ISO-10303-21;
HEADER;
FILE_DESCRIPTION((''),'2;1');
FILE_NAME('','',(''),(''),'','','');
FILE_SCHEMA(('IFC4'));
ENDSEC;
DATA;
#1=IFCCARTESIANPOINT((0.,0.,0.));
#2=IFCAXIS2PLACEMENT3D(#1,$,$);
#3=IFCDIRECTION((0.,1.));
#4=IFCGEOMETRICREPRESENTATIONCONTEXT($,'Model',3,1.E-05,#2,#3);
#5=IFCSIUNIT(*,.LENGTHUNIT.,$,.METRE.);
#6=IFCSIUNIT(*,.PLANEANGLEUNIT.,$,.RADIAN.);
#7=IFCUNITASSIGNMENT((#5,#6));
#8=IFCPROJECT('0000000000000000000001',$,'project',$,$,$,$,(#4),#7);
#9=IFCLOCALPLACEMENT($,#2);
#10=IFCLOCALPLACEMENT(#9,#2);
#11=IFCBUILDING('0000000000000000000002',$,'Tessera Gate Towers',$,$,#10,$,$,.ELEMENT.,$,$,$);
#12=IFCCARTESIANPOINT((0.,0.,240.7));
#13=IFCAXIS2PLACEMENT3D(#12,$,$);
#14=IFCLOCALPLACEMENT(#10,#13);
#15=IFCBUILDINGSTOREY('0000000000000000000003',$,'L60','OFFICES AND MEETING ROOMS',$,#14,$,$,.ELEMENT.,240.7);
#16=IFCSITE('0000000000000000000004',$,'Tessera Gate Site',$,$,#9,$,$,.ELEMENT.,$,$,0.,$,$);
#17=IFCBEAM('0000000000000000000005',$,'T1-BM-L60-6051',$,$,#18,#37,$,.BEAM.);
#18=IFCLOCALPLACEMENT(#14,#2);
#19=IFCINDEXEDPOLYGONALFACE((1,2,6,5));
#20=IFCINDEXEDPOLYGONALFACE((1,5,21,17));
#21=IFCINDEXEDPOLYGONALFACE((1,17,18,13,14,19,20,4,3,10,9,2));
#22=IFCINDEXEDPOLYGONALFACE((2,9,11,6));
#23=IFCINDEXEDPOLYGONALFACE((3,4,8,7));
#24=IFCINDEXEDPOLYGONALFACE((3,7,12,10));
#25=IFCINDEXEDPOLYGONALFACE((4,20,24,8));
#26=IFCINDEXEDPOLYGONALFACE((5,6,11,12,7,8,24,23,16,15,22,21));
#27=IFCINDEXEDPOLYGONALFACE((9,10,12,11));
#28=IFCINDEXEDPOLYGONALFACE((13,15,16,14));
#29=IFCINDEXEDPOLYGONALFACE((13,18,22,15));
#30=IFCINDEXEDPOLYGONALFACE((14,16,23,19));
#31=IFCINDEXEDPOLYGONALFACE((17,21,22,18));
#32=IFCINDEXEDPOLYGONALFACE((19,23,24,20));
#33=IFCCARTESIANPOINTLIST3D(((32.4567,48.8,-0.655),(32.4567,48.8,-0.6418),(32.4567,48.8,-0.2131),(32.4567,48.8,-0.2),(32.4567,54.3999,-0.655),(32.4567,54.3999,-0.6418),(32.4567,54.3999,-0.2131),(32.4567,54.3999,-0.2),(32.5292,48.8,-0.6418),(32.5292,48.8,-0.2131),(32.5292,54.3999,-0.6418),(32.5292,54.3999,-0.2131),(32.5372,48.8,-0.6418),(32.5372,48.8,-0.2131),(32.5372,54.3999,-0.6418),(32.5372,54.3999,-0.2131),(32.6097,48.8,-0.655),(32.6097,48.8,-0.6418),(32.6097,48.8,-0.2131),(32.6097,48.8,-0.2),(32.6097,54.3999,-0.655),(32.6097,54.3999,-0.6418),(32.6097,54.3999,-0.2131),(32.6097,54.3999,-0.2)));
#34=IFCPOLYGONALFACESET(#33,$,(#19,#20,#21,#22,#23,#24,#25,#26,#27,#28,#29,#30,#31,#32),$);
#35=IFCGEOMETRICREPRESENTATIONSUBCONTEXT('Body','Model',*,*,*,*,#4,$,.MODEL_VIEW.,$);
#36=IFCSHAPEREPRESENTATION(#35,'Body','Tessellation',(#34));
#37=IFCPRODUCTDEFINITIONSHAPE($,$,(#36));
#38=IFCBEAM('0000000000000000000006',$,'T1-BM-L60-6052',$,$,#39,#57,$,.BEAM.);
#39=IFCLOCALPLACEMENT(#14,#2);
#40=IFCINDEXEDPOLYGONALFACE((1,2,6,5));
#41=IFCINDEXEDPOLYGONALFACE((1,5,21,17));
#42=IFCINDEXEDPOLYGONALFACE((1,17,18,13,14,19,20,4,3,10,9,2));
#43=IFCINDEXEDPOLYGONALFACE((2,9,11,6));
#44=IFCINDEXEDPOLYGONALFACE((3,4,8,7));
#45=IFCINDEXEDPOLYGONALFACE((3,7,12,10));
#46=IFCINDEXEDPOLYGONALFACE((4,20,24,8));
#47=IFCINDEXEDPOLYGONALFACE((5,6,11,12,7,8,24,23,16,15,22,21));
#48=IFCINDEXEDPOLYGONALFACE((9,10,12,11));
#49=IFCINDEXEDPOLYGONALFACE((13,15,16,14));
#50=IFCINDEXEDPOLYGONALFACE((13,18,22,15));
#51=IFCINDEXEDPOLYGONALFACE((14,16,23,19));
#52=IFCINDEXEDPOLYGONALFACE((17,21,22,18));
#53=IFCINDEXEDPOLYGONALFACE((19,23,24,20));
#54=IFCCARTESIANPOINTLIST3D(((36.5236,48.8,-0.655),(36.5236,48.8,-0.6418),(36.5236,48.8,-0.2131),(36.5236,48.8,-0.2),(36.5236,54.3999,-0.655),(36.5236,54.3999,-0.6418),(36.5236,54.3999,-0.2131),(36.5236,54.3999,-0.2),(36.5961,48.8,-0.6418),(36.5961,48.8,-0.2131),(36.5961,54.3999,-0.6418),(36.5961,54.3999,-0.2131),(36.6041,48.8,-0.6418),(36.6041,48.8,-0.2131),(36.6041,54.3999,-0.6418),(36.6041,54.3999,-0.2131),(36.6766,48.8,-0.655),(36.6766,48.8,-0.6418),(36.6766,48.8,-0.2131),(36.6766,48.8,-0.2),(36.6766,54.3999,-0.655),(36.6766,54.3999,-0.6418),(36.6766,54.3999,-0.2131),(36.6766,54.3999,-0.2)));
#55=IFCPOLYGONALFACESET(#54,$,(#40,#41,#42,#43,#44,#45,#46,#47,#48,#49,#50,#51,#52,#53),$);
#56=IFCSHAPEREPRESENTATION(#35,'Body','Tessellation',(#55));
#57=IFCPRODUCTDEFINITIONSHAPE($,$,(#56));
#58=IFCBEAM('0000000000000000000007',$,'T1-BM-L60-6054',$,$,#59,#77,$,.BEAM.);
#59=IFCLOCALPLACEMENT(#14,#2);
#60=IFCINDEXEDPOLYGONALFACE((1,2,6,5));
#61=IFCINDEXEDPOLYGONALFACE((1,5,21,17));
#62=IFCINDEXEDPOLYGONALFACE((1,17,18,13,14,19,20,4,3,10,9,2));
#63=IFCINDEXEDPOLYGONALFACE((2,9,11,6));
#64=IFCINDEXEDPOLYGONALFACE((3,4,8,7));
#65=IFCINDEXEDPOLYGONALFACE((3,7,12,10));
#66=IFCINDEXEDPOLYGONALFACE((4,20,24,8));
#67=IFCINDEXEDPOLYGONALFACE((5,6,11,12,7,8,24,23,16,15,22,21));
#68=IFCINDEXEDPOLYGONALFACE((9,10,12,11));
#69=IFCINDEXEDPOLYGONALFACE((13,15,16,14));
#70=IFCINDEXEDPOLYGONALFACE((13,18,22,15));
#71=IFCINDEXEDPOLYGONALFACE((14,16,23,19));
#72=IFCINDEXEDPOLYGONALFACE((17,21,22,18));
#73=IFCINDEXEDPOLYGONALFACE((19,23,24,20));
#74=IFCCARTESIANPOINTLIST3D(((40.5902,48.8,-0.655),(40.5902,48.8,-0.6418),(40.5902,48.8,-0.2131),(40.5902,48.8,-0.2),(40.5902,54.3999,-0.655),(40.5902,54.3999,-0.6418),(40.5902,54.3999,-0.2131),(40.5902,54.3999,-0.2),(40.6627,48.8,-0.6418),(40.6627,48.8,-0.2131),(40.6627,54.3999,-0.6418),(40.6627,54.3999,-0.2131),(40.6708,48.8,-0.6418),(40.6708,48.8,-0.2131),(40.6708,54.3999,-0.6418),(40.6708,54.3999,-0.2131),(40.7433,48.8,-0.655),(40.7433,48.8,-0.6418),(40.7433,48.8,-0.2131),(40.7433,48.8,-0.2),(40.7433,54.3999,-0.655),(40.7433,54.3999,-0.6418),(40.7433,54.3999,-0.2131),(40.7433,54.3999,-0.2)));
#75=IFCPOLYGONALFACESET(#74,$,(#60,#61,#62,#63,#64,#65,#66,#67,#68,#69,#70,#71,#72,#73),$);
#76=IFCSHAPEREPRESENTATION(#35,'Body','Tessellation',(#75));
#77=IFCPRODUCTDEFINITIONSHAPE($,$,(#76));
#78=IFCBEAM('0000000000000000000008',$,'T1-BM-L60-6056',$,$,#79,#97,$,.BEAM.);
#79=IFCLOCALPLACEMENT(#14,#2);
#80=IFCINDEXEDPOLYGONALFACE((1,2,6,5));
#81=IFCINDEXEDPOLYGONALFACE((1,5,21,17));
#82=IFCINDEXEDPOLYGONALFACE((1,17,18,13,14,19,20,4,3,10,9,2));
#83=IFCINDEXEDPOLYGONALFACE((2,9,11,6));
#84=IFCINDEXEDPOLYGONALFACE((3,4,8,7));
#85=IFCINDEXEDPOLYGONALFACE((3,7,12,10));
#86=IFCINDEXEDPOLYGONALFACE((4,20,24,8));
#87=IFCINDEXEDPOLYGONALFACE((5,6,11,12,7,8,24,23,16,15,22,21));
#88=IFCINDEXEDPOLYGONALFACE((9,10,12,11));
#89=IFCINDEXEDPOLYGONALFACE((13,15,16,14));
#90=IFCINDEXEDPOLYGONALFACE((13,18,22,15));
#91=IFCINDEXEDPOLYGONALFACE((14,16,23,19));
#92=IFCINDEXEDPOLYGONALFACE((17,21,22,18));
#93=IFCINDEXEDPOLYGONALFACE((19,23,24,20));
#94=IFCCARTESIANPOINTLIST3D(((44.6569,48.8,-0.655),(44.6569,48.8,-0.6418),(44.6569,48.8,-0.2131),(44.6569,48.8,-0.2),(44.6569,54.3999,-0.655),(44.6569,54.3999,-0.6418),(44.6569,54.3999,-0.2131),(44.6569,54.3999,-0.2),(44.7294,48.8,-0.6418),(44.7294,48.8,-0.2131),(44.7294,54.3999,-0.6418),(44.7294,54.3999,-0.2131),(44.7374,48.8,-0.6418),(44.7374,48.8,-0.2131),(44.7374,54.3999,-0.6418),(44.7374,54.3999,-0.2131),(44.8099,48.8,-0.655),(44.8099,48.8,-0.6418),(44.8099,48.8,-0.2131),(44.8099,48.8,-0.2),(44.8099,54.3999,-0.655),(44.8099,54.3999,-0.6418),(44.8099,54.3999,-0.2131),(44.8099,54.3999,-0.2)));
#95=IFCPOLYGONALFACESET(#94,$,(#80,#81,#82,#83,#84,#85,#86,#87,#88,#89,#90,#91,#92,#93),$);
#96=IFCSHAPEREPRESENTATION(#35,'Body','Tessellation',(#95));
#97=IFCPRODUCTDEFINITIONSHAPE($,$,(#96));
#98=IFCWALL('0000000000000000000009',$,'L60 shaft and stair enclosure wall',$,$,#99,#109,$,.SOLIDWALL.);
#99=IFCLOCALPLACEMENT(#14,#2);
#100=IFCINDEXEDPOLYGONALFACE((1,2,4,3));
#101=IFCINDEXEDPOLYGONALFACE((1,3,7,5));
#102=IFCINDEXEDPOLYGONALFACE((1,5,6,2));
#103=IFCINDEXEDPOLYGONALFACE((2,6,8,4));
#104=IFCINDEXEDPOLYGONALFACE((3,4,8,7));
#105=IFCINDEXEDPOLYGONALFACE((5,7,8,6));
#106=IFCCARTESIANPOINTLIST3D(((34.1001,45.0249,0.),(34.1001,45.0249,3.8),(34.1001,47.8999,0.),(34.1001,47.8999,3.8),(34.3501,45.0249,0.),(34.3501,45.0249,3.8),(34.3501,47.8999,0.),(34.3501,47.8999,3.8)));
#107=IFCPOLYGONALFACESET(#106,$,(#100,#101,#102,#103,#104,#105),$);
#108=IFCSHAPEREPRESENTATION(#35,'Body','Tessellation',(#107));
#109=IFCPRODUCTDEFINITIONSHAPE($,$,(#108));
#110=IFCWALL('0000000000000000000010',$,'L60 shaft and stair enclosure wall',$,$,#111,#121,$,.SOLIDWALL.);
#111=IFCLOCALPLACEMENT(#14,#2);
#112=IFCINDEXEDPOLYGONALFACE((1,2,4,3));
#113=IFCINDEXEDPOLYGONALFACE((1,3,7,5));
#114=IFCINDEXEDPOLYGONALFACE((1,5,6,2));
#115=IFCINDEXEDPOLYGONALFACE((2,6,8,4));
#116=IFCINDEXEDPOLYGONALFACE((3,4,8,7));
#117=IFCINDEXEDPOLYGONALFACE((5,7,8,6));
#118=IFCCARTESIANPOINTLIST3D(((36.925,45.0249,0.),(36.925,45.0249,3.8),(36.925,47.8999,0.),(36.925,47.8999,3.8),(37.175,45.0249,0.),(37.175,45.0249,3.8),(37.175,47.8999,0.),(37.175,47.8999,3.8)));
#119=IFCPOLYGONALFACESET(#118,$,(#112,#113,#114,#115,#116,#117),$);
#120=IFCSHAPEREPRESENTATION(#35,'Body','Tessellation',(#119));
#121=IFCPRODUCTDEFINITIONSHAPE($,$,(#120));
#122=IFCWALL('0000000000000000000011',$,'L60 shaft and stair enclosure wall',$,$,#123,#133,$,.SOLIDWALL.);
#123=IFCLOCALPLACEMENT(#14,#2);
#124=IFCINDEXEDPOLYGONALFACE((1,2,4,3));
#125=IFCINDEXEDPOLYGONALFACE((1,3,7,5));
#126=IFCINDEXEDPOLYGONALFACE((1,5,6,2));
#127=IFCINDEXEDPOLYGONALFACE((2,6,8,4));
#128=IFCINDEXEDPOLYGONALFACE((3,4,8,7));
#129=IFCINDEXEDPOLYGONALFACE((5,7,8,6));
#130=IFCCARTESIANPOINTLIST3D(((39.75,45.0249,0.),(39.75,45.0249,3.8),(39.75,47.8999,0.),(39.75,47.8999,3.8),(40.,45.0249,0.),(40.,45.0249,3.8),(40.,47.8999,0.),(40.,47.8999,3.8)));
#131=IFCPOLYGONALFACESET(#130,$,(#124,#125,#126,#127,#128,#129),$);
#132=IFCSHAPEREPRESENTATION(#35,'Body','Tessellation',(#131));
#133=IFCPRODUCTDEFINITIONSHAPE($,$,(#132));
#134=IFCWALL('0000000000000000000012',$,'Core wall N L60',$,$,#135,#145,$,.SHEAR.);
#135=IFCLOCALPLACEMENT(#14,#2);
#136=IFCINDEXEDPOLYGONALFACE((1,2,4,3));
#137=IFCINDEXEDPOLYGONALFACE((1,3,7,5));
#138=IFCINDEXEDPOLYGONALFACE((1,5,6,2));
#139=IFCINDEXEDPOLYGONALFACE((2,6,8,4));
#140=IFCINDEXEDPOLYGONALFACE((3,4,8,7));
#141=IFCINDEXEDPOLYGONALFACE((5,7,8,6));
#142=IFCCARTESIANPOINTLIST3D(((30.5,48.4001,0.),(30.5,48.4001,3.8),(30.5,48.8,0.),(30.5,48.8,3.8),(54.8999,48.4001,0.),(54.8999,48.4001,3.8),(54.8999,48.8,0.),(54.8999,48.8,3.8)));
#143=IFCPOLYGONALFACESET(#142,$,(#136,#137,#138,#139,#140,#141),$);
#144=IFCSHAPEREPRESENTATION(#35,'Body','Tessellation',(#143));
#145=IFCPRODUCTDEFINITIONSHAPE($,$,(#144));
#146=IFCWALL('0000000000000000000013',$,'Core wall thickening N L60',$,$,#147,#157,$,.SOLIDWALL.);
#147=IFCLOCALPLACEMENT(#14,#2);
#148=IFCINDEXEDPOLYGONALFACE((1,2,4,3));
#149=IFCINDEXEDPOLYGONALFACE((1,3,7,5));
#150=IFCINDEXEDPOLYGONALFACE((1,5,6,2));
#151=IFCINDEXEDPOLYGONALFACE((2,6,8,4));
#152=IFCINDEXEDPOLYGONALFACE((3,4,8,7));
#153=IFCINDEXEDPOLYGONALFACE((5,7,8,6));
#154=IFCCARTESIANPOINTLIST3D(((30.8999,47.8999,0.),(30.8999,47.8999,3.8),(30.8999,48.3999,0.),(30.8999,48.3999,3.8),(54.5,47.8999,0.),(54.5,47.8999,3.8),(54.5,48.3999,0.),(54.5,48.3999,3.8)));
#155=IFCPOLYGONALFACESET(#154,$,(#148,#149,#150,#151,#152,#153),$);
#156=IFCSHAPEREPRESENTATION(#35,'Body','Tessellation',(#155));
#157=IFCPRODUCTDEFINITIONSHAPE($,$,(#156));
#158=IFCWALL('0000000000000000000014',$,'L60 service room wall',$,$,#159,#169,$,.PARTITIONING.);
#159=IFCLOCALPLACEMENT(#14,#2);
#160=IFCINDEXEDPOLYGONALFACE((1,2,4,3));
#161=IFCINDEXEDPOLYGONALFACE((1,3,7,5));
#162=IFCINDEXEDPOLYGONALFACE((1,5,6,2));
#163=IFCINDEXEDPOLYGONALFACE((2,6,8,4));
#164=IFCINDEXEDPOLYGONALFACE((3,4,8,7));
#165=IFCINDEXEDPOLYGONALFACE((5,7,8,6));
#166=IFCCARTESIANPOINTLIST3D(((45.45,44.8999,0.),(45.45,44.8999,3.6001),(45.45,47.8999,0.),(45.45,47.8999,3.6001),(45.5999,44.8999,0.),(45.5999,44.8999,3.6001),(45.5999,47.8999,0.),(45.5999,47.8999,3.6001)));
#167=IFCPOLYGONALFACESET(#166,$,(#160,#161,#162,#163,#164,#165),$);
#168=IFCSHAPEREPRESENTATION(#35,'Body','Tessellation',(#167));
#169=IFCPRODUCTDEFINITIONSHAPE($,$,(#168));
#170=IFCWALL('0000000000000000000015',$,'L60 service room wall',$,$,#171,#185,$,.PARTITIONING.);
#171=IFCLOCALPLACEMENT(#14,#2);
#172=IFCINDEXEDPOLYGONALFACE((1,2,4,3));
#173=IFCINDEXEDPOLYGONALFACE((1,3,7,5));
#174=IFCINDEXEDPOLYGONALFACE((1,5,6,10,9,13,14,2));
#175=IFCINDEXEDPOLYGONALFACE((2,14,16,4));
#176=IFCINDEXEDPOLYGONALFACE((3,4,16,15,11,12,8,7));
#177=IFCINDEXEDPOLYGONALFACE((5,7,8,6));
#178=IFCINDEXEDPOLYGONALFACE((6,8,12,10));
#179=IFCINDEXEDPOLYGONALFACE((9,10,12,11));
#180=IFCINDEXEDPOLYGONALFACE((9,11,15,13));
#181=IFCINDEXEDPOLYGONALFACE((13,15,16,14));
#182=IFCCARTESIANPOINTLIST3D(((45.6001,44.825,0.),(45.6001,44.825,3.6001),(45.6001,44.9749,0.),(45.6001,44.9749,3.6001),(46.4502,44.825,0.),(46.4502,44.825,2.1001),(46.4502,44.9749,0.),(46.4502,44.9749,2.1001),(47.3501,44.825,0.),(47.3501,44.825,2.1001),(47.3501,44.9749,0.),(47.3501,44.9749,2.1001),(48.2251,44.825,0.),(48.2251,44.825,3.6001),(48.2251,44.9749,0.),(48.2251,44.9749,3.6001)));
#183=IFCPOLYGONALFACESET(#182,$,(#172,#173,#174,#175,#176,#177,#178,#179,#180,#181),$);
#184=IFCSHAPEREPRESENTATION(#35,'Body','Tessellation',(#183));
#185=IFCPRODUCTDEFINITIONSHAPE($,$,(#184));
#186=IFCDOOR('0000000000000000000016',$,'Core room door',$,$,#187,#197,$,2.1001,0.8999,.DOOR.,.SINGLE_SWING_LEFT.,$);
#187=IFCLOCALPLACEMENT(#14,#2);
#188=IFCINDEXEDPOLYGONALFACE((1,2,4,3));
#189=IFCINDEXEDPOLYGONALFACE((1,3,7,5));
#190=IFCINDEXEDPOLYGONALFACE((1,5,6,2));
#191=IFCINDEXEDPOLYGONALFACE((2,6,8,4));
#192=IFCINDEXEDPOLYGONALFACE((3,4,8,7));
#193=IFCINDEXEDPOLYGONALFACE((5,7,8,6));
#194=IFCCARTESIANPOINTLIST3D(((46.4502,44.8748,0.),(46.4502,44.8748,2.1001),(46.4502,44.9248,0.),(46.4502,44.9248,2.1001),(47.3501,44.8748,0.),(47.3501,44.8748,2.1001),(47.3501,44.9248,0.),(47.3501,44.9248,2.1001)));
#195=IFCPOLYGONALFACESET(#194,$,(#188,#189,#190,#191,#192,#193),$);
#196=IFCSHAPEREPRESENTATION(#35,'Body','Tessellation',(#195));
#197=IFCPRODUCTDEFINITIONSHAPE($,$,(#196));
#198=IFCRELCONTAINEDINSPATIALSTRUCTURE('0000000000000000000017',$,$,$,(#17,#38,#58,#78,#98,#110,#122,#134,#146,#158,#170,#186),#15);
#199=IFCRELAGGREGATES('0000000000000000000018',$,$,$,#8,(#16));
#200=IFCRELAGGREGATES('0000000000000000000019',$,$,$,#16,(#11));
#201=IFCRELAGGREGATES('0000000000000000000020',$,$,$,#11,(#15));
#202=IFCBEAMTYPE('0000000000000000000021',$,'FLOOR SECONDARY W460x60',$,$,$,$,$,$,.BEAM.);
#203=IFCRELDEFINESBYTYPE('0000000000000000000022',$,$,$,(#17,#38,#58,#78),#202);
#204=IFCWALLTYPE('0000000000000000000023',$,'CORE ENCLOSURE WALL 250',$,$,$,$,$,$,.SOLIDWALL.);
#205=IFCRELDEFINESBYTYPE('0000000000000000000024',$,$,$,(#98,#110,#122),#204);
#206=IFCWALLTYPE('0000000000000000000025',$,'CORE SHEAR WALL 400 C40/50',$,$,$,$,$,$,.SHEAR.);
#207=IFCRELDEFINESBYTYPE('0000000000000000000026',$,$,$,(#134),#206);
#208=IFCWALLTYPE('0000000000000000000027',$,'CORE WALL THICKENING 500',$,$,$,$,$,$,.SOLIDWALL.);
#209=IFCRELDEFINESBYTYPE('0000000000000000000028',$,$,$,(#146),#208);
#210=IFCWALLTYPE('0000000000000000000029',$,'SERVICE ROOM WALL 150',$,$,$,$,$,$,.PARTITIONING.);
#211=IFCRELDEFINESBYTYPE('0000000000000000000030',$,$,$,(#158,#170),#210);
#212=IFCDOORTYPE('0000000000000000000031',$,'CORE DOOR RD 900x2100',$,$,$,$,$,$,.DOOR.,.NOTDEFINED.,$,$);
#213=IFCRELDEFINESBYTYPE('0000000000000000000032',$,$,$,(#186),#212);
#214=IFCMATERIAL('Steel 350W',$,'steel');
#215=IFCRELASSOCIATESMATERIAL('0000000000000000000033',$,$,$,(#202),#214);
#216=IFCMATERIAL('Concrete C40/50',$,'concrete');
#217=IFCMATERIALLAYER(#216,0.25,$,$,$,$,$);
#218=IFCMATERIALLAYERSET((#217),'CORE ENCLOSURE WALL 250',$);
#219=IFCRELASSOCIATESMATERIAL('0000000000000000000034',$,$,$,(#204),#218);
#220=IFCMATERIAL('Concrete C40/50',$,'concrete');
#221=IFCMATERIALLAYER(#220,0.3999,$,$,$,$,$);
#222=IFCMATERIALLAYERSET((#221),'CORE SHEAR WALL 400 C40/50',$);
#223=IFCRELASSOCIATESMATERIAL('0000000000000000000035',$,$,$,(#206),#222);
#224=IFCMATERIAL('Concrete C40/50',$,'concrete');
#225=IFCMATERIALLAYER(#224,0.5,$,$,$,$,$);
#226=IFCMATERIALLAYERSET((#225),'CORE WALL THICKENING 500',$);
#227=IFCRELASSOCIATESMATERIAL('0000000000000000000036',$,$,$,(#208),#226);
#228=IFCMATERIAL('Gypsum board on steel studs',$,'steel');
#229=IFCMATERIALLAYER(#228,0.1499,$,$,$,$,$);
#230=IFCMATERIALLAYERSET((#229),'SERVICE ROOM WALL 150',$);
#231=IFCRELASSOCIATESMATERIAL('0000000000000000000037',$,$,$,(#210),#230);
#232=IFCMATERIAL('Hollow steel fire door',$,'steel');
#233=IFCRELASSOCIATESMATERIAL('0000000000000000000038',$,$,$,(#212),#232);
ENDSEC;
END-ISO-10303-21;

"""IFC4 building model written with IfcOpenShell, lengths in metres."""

from ifc_helpers import new_model, si_unit, direction, frame, frame_2d, origin, origin_2d, place, context, subcontext, project, spatial, rectangle, i_section, extrude, source, transform, mapped, material, layer, layer_set, material_profile, profile_set, type_object, element, fill, save


model = new_model("IFC4")

# Units and contexts
model_context = context("Model", 3, precision=1e-05, world=origin(), true_north=direction((0.0, 1.0)))
body_context = subcontext(model_context, "Body", "Model", "MODEL_VIEW")
ifc_project = project(units=[si_unit("LENGTHUNIT", "METRE"), si_unit("PLANEANGLEUNIT", "RADIAN")], contexts=[model_context])

# Site, building, storey
site_placement = place(None, origin())
site = spatial("IfcSite", under=ifc_project, at=site_placement, Name="Tessera Gate Site", CompositionType="ELEMENT", RefElevation=0.0)
building_placement = place(site_placement, origin())
building = spatial("IfcBuilding", under=site, at=building_placement, Name="Tessera Gate Towers", CompositionType="ELEMENT")
storey_placement = place(building_placement, frame((0.0, 0.0, 240.7)))
storey = spatial("IfcBuildingStorey", under=building, at=storey_placement, Name="L60", Description="OFFICES AND MEETING ROOMS", CompositionType="ELEMENT", Elevation=240.7)

# Beams
ifc_material_1 = material(Name="Steel 350W", Category="steel")
ifc_material_profile = material_profile(ifc_material_1, i_section(OverallWidth=0.1531, OverallDepth=0.4551, WebThickness=0.0081, FlangeThickness=0.0132, at=origin_2d()), Name="W460x60")
ifc_profile_set = profile_set([ifc_material_profile], Name="Steel 350W")
beam_type = type_object("IfcBeamType", Name="FLOOR SECONDARY W460x60", PredefinedType="BEAM", material=ifc_profile_set)
for number, where, z_axis, x_axis, name in (
    (1, (32.5332, 48.8, -0.4275), (0.0, 1.0, 0.0), (-1.0, 0.0, 0.0), "T1-BM-L60-6051"),
    (2, (36.6001, 48.8, -0.4275), (0.0, 1.0, 0.0), (-1.0, 0.0, 0.0), "T1-BM-L60-6052"),
    (3, (40.6667, 48.8, -0.4275), (0.0, 1.0, 0.0), (-1.0, 0.0, 0.0), "T1-BM-L60-6054"),
    (4, (44.7334, 48.8, -0.4275), (0.0, 1.0, 0.0), (-1.0, 0.0, 0.0), "T1-BM-L60-6056"),
):
    element("IfcBeam", number, at=place(storey_placement, frame(where, z_axis=z_axis, x_axis=x_axis)), inside=storey, type_object=beam_type, Name=name, PredefinedType="BEAM", context=body_context, shape_type="SweptSolid", body=[
        extrude(i_section(OverallWidth=0.1531, OverallDepth=0.4551, WebThickness=0.0081, FlangeThickness=0.0132, at=origin_2d()), origin(), (0.0, 0.0, 1.0), 5.5999),
    ])

# Walls
ifc_material_2 = material(Name="Concrete C40/50", Category="concrete")
ifc_layer_1 = layer(ifc_material_2, 0.25)
ifc_layer_set_1 = layer_set([ifc_layer_1], Name="CORE ENCLOSURE WALL 250")
wall_type_1 = type_object("IfcWallType", Name="CORE ENCLOSURE WALL 250", PredefinedType="SOLIDWALL", material=ifc_layer_set_1)
for number, where, z_axis, x_axis, name in (
    (5, (34.2251, 45.0249, 0.0), (0.0, 0.0, 1.0), (0.0, 1.0, 0.0), "L60 shaft and stair enclosure wall"),
    (6, (37.05, 45.0249, 0.0), (0.0, 0.0, 1.0), (0.0, 1.0, 0.0), "L60 shaft and stair enclosure wall"),
    (7, (39.875, 45.0249, 0.0), (0.0, 0.0, 1.0), (0.0, 1.0, 0.0), "L60 shaft and stair enclosure wall"),
):
    element("IfcWall", number, at=place(storey_placement, frame(where, z_axis=z_axis, x_axis=x_axis)), inside=storey, type_object=wall_type_1, Name=name, PredefinedType="SOLIDWALL", context=body_context, shape_type="SweptSolid", body=[
        extrude(rectangle(XDim=2.875, YDim=0.25, at=frame_2d((1.4375, 0.0))), origin(), (0.0, 0.0, 1.0), 3.8),
    ])
ifc_material_3 = material(Name="Concrete C40/50", Category="concrete")
ifc_layer_2 = layer(ifc_material_3, 0.3999)
ifc_layer_set_2 = layer_set([ifc_layer_2], Name="CORE SHEAR WALL 400 C40/50")
wall_type_2 = type_object("IfcWallType", Name="CORE SHEAR WALL 400 C40/50", PredefinedType="SHEAR", material=ifc_layer_set_2)
wall_1_placement = place(storey_placement, frame((30.5, 48.6001, 0.0), z_axis=(0.0, 0.0, 1.0), x_axis=(1.0, 0.0, 0.0)))
element("IfcWall", 8, at=wall_1_placement, inside=storey, type_object=wall_type_2, Name="Core wall N L60", PredefinedType="SHEAR", context=body_context, shape_type="SweptSolid", body=[
    extrude(rectangle(XDim=24.3999, YDim=0.3999, at=frame_2d((12.2, 0.0))), origin(), (0.0, 0.0, 1.0), 3.8),
])
ifc_material_4 = material(Name="Concrete C40/50", Category="concrete")
ifc_layer_3 = layer(ifc_material_4, 0.5)
ifc_layer_set_3 = layer_set([ifc_layer_3], Name="CORE WALL THICKENING 500")
wall_type_3 = type_object("IfcWallType", Name="CORE WALL THICKENING 500", PredefinedType="SOLIDWALL", material=ifc_layer_set_3)
wall_2_placement = place(storey_placement, frame((30.8999, 48.1499, 0.0), z_axis=(0.0, 0.0, 1.0), x_axis=(1.0, 0.0, 0.0)))
element("IfcWall", 9, at=wall_2_placement, inside=storey, type_object=wall_type_3, Name="Core wall thickening N L60", PredefinedType="SOLIDWALL", context=body_context, shape_type="SweptSolid", body=[
    extrude(rectangle(XDim=23.6001, YDim=0.5, at=frame_2d((11.8, 0.0))), origin(), (0.0, 0.0, 1.0), 3.8),
])
ifc_material_5 = material(Name="Gypsum board on steel studs", Category="steel")
ifc_layer_4 = layer(ifc_material_5, 0.1499)
ifc_layer_set_4 = layer_set([ifc_layer_4], Name="SERVICE ROOM WALL 150")
wall_type_4 = type_object("IfcWallType", Name="SERVICE ROOM WALL 150", PredefinedType="PARTITIONING", material=ifc_layer_set_4)
wall_3_placement = place(storey_placement, frame((45.5249, 44.8999, 0.0), z_axis=(0.0, 0.0, 1.0), x_axis=(0.0, 1.0, 0.0)))
element("IfcWall", 10, at=wall_3_placement, inside=storey, type_object=wall_type_4, Name="L60 service room wall", PredefinedType="PARTITIONING", context=body_context, shape_type="SweptSolid", body=[
    extrude(rectangle(XDim=3.0, YDim=0.1499, at=frame_2d((1.5, 0.0))), origin(), (0.0, 0.0, 1.0), 3.6001),
])

# Wall, opening, door
wall_4_placement = place(storey_placement, frame((45.6001, 44.8999, 0.0), z_axis=(0.0, 0.0, 1.0), x_axis=(1.0, 0.0, 0.0)))
wall_4 = element("IfcWall", 11, at=wall_4_placement, inside=storey, type_object=wall_type_4, Name="L60 service room wall", PredefinedType="PARTITIONING", context=body_context, shape_type="SweptSolid", body=[
    extrude(rectangle(XDim=2.625, YDim=0.1499, at=frame_2d((1.3125, 0.0))), origin(), (0.0, 0.0, 1.0), 3.6001),
])
shared_shape_1 = source(origin(), body_context, "Body", "SweptSolid", [
    extrude(rectangle(XDim=0.8999, YDim=2.1001, at=frame_2d((0.45, 1.05))), frame((0.0, 0.085, 0.0), z_axis=(0.0, -1.0, 0.0), x_axis=(1.0, 0.0, 0.0)), (0.0, 0.0, 1.0), 0.1699),
])
opening_1_placement = place(wall_4_placement, frame((0.8501, 0.0, 0.0)))
opening_1 = element("IfcOpeningElement", 12, at=opening_1_placement, cuts=wall_4, PredefinedType="OPENING", context=body_context, shape_type="MappedRepresentation", body=[
    mapped(shared_shape_1, transform((0.0, 0.0, 0.0), scale=1.0)),
])
ifc_material_6 = material(Name="Hollow steel fire door", Category="steel")
door_type = type_object("IfcDoorType", Name="CORE DOOR RD 900x2100", OperationType="NOTDEFINED", PredefinedType="DOOR", material=ifc_material_6)
shared_shape_2 = source(origin(), body_context, "Body", "SweptSolid", [
    extrude(rectangle(XDim=0.8999, YDim=2.1001, at=frame_2d((0.45, 1.05))), frame((0.0, 0.0249, 0.0), z_axis=(0.0, -1.0, 0.0), x_axis=(1.0, 0.0, 0.0)), (0.0, 0.0, 1.0), 0.05),
])
door_placement = place(opening_1_placement, origin())
door = element("IfcDoor", 13, at=door_placement, inside=storey, type_object=door_type, Name="Core room door", OperationType="SINGLE_SWING_LEFT", OverallHeight=2.1001, OverallWidth=0.8999, PredefinedType="DOOR", context=body_context, shape_type="MappedRepresentation", body=[
    mapped(shared_shape_2, transform((0.0, 0.0, 0.0), scale=1.0)),
])
fill(opening_1, door)

save(model, "model.ifc")
